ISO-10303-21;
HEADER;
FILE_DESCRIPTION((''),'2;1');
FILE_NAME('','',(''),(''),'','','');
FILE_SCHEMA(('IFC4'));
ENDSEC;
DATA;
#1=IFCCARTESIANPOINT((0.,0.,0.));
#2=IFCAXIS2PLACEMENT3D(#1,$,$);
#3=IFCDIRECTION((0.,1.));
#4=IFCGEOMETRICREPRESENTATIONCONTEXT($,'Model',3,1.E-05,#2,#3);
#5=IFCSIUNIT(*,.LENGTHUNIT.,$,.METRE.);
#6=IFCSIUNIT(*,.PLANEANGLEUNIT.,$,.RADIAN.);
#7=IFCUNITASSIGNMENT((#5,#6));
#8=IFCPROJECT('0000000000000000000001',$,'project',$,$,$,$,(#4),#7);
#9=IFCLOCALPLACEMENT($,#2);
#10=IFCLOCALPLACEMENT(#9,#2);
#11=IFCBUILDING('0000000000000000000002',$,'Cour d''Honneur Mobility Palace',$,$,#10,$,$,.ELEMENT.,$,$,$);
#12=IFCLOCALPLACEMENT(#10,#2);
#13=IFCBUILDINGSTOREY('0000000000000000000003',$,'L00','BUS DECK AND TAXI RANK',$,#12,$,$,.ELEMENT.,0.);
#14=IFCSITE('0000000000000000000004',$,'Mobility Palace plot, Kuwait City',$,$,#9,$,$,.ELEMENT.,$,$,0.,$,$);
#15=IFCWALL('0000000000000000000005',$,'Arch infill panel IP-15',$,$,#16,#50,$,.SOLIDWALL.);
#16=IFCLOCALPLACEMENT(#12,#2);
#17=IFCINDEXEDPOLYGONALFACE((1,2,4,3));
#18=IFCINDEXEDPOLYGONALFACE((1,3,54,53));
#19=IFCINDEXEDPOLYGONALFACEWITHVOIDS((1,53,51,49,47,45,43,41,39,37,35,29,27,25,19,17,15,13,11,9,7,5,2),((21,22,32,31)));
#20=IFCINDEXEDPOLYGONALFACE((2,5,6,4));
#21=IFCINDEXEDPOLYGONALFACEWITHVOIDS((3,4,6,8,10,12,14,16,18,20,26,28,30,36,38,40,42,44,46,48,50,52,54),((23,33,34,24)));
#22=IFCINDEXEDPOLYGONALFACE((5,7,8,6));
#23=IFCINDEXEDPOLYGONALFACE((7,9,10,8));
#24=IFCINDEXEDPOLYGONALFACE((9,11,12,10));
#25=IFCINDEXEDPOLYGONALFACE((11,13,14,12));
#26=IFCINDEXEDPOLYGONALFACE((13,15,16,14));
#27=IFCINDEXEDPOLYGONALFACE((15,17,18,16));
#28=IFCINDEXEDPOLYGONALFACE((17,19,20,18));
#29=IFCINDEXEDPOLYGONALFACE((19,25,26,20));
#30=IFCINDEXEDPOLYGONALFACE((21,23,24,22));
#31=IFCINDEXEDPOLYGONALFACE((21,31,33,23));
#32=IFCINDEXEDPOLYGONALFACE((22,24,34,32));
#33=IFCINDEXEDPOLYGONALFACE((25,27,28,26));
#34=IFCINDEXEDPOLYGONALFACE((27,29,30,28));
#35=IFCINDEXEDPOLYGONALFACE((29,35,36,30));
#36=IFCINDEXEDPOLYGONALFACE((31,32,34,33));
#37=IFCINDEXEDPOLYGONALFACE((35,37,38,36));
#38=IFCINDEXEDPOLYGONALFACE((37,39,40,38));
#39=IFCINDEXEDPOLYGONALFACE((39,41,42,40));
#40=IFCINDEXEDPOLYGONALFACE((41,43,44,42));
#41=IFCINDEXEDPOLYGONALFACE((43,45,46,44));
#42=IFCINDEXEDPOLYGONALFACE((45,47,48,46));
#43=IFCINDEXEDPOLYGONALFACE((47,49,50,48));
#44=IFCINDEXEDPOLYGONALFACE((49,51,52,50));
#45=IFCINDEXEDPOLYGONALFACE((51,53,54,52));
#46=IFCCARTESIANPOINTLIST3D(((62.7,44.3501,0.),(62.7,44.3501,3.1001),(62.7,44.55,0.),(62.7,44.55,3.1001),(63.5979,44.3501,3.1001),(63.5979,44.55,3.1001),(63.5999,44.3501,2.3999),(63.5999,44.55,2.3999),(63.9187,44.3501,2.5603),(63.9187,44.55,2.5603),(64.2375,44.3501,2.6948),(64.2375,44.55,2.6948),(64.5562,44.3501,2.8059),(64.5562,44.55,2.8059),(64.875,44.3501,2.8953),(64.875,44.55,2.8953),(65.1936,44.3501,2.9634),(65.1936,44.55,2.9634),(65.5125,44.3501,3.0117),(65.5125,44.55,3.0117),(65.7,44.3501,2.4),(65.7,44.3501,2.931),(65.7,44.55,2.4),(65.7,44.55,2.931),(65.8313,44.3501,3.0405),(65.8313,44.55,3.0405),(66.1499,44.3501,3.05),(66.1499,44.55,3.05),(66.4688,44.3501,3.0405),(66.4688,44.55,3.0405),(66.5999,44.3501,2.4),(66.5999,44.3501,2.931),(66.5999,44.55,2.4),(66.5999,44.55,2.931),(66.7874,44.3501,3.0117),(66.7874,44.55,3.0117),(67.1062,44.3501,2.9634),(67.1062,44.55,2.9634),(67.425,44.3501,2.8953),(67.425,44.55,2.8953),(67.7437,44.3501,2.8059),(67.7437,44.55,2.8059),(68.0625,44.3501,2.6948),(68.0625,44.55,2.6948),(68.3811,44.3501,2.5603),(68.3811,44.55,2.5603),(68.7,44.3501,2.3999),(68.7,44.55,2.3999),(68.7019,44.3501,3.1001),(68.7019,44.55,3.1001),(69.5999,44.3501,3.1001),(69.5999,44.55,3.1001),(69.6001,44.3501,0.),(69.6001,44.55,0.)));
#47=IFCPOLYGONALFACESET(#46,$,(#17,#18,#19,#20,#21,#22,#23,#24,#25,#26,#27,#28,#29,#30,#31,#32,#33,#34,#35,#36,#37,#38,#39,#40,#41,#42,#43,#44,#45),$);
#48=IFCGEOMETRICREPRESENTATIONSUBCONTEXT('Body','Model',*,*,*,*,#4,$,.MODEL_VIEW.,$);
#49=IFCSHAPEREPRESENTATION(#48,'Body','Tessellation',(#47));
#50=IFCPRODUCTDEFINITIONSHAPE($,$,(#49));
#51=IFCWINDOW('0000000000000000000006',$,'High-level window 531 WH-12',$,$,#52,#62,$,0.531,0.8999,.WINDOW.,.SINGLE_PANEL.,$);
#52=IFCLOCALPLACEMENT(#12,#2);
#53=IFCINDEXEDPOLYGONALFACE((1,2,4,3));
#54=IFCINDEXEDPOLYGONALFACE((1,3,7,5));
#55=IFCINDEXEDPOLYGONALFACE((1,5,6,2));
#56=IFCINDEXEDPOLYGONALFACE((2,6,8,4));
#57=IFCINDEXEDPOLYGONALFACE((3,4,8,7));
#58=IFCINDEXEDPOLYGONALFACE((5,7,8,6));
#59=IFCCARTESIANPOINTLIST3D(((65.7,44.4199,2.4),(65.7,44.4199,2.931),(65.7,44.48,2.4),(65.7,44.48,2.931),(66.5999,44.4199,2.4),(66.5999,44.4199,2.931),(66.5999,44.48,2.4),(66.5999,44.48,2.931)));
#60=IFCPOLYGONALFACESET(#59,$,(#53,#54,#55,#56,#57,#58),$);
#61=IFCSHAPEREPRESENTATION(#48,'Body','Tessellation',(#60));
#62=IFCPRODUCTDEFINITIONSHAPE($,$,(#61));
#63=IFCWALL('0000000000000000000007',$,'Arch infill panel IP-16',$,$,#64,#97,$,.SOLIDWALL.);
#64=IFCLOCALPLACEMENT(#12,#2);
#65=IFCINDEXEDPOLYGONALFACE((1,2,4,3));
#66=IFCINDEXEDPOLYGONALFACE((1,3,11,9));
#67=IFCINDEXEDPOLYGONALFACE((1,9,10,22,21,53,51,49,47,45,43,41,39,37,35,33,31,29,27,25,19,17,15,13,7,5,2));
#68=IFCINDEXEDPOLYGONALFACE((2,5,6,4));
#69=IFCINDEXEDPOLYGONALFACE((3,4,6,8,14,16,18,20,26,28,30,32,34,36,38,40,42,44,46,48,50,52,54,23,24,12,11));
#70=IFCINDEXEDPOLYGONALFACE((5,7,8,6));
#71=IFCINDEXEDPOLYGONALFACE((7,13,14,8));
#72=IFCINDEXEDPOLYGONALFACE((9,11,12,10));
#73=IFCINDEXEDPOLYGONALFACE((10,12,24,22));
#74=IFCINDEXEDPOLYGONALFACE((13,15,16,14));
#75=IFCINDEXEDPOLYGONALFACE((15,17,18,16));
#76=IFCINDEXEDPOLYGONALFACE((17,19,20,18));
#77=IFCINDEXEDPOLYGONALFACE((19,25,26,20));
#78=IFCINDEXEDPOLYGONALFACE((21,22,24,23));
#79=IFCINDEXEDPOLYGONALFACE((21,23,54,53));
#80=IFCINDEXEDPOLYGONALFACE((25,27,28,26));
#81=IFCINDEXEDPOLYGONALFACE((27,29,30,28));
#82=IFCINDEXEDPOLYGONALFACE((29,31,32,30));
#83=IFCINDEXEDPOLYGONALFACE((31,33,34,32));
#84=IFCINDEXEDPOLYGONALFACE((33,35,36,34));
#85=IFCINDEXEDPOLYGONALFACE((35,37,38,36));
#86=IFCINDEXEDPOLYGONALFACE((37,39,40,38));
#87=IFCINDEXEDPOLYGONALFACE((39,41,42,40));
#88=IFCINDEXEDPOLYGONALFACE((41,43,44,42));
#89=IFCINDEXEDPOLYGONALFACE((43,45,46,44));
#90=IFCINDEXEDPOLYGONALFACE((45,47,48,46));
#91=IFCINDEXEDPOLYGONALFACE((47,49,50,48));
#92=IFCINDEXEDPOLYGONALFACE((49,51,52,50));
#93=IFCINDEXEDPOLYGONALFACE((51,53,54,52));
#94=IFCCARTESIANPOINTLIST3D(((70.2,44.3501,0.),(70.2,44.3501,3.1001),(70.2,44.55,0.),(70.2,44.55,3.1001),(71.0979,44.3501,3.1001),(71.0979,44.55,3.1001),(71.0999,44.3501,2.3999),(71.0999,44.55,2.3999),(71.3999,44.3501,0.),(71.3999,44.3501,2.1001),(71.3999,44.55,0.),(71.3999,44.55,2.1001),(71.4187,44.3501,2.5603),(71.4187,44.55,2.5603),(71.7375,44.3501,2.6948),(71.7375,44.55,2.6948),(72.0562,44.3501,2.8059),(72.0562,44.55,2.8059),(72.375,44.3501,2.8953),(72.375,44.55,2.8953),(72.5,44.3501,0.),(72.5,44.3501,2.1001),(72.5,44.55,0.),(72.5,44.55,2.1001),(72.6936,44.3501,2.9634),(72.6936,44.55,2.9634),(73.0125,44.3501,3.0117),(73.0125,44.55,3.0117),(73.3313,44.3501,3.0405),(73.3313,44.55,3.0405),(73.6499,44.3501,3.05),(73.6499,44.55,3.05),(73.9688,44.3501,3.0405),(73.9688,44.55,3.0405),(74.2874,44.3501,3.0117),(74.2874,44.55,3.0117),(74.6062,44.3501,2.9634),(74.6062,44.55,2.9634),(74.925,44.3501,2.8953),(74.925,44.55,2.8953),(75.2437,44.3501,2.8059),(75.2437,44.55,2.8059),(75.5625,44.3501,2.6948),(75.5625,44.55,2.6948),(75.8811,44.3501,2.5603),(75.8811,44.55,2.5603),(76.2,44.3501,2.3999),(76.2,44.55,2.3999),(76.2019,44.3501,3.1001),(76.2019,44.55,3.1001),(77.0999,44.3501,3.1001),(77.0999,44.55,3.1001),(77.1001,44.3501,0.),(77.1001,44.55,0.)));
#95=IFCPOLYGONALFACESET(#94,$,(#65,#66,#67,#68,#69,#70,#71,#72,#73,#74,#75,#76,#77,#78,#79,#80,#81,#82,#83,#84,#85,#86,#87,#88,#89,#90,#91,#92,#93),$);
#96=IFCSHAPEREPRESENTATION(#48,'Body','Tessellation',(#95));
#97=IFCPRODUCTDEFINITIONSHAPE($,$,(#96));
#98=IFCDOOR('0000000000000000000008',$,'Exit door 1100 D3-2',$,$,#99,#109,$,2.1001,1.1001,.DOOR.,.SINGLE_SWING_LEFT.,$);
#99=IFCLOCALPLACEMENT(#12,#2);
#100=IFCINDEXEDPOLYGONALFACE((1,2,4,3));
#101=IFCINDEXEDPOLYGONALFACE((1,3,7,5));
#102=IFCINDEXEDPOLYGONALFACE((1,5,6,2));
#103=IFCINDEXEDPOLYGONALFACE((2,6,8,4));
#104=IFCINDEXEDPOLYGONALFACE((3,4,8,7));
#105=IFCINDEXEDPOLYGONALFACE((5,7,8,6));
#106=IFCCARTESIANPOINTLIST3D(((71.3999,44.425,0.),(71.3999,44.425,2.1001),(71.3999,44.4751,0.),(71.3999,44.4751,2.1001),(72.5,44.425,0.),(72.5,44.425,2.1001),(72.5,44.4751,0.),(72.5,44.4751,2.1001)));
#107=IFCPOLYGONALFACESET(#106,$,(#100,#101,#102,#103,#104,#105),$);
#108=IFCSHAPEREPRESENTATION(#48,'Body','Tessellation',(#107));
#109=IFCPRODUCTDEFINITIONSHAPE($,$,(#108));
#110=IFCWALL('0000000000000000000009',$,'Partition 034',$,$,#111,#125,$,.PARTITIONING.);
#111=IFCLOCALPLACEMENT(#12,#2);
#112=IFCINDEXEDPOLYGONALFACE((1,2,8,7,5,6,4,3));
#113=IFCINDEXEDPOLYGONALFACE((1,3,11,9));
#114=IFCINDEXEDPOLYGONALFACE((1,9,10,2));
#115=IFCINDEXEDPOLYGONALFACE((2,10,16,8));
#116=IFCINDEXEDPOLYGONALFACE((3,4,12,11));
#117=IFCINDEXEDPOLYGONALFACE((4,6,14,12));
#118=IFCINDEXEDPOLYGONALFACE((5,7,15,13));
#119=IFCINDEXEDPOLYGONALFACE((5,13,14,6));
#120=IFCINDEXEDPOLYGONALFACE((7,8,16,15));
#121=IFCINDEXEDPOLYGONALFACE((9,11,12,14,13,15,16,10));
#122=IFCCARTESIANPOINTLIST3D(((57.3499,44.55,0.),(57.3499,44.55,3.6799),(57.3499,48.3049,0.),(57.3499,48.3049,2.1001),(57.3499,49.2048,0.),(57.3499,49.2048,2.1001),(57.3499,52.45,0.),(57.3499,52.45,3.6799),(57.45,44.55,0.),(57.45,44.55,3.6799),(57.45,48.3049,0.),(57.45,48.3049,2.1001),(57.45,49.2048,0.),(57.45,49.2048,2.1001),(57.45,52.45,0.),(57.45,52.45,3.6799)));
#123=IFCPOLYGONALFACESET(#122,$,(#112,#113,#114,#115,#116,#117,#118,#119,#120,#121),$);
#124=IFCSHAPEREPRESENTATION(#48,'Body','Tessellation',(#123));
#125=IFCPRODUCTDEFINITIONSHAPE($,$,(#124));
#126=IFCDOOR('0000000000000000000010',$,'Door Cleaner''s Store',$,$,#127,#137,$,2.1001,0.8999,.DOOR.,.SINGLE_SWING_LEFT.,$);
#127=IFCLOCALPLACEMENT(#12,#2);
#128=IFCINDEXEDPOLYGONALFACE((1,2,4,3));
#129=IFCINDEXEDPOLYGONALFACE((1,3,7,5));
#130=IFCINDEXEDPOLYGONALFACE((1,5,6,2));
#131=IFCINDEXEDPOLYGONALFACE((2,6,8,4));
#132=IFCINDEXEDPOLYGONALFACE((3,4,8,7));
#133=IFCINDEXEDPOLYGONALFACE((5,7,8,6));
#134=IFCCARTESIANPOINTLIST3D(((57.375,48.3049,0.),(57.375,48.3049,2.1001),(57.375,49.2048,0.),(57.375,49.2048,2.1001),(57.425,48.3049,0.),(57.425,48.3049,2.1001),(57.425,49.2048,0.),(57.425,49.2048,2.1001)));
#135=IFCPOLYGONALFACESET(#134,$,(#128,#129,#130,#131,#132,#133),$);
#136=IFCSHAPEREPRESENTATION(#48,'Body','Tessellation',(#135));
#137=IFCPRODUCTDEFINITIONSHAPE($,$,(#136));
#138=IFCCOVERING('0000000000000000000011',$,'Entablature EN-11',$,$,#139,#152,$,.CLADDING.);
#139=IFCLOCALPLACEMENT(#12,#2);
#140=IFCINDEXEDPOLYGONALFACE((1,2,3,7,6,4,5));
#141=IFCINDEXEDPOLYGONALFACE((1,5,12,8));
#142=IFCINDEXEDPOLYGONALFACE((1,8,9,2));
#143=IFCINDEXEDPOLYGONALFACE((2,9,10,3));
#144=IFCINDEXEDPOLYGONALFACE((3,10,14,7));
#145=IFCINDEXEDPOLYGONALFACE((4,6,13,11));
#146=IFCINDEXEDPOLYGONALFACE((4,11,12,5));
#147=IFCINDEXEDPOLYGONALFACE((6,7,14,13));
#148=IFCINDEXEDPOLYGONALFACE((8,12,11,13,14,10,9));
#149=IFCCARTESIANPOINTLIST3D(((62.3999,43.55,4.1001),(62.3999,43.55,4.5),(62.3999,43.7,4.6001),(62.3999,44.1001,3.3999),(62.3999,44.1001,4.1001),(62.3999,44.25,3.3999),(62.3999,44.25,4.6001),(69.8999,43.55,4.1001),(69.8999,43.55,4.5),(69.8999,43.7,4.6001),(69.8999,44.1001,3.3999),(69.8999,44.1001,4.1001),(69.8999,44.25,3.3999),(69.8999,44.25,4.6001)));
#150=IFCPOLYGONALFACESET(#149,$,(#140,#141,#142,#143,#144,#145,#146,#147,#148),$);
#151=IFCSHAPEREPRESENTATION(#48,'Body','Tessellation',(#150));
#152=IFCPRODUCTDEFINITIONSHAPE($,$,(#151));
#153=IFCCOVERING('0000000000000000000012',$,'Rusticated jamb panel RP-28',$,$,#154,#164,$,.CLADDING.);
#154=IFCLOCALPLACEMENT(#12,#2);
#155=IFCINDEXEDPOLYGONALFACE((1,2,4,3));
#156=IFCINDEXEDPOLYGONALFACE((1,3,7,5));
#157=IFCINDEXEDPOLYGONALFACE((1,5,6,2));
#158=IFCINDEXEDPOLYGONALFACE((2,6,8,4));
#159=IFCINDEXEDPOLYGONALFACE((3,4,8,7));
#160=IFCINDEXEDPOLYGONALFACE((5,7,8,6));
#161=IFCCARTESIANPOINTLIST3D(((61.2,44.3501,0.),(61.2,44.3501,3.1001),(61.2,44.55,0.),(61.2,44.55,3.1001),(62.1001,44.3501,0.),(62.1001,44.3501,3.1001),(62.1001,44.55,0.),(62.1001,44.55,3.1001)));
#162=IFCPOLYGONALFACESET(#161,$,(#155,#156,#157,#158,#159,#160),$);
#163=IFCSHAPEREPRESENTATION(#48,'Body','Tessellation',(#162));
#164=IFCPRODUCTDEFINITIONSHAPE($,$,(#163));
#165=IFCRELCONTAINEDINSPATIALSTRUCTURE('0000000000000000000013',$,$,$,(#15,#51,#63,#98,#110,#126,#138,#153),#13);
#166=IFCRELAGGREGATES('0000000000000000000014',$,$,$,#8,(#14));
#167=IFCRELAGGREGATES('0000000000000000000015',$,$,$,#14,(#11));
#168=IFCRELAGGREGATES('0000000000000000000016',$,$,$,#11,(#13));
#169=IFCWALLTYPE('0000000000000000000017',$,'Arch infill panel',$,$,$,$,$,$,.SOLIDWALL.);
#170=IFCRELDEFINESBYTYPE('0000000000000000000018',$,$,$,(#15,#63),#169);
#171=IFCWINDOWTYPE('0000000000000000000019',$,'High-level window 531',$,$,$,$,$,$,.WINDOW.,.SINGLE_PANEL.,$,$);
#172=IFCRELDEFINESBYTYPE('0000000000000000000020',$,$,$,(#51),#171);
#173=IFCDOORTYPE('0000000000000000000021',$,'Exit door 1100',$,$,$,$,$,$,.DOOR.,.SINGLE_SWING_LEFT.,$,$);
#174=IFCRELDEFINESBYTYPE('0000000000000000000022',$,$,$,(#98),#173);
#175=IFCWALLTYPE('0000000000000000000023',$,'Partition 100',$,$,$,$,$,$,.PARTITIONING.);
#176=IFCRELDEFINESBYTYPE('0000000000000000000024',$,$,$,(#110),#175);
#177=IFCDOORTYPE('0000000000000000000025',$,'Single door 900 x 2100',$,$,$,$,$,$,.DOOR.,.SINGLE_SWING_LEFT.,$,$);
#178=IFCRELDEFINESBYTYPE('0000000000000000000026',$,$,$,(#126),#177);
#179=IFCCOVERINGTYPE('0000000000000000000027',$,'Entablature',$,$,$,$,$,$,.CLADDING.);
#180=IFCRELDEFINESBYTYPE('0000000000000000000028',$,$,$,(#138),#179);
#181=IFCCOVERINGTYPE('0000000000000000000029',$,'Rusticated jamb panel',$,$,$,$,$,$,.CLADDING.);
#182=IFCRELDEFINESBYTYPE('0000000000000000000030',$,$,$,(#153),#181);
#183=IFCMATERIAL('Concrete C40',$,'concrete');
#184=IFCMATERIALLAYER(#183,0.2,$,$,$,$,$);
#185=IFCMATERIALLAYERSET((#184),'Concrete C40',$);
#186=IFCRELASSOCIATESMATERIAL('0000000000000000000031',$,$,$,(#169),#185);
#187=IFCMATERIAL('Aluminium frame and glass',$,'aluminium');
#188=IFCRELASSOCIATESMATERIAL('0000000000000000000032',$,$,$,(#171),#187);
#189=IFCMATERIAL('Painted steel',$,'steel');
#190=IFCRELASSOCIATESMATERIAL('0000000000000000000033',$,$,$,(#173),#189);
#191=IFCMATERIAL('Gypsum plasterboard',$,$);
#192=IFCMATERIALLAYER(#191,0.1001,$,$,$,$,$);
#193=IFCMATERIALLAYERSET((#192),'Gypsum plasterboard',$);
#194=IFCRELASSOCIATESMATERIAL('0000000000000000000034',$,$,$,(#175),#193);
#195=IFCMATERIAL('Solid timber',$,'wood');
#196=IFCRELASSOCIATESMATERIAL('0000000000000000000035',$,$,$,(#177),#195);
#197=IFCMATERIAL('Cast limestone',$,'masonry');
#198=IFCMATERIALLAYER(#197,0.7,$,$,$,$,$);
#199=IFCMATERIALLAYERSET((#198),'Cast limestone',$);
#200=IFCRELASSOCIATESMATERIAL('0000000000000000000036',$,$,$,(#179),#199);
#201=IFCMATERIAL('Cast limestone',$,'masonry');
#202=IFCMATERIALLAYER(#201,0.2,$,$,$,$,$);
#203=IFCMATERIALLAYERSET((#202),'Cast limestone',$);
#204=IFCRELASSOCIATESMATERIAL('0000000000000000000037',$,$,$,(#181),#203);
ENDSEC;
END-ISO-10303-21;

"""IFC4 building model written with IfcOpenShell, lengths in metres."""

from ifc_helpers import new_model, si_unit, direction, frame, frame_2d, origin, place, context, subcontext, project, spatial, polyline, rectangle, outline, extrude, material, layer, layer_set, type_object, element, fill, save


model = new_model("IFC4")

# Units and contexts
model_context = context("Model", 3, precision=1e-05, world=origin(), true_north=direction((0.0, 1.0)))
body_context = subcontext(model_context, "Body", "Model", "MODEL_VIEW")
ifc_project = project(units=[si_unit("LENGTHUNIT", "METRE"), si_unit("PLANEANGLEUNIT", "RADIAN")], contexts=[model_context])

# Site, building, storey
site_placement = place(None, origin())
site = spatial("IfcSite", under=ifc_project, at=site_placement, Name="Mobility Palace plot, Kuwait City", CompositionType="ELEMENT", RefElevation=0.0)
building_placement = place(site_placement, origin())
building = spatial("IfcBuilding", under=site, at=building_placement, Name="Cour d'Honneur Mobility Palace", CompositionType="ELEMENT")
storey_placement = place(building_placement, origin())
storey = spatial("IfcBuildingStorey", under=building, at=storey_placement, Name="L00", Description="BUS DECK AND TAXI RANK", CompositionType="ELEMENT", Elevation=0.0)

# Wall, opening, window
ifc_material_1 = material(Name="Concrete C40", Category="concrete")
ifc_layer_1 = layer(ifc_material_1, 0.2)
ifc_layer_set_1 = layer_set([ifc_layer_1], Name="Concrete C40")
wall_type_1 = type_object("IfcWallType", Name="Arch infill panel", PredefinedType="SOLIDWALL", material=ifc_layer_set_1)
ifc_material_2 = material(Name="Aluminium frame and glass", Category="aluminium")
window_type = type_object("IfcWindowType", Name="High-level window 531", PartitioningType="SINGLE_PANEL", PredefinedType="WINDOW", material=ifc_material_2)
wall_1_placement = place(storey_placement, frame((62.7, 44.45, 0.0), z_axis=(0.0, 0.0, 1.0), x_axis=(1.0, 0.0, 0.0)))
wall_1 = element("IfcWall", 1, at=wall_1_placement, inside=storey, type_object=wall_type_1, Name="Arch infill panel IP-15", PredefinedType="SOLIDWALL", context=body_context, shape_type="SweptSolid", body=[
    extrude(outline(polyline([(0.0, 0.0), (6.9001, 0.0), (6.8999, 3.1001), (6.002, 3.1001), (6.0, 2.3999), (5.6812, 2.5603), (5.3625, 2.6948), (5.0437, 2.8059), (4.7251, 2.8953), (4.4062, 2.9634), (4.0874, 3.0117), (3.7688, 3.0405), (3.45, 3.05), (3.1313, 3.0405), (2.8125, 3.0117), (2.4937, 2.9634), (2.175, 2.8953), (1.8562, 2.8059), (1.5376, 2.6948), (1.2188, 2.5603), (0.8999, 2.3999), (0.8979, 3.1001), (0.0, 3.1001), (0.0, 0.0)])), frame((0.0, 0.1001, 0.0), z_axis=(0.0, -1.0, 0.0), x_axis=(1.0, 0.0, 0.0)), (0.0, 0.0, 1.0), 0.2),
])
opening_1_placement = place(wall_1_placement, frame((3.0, 0.0, 2.3999)))
opening_1 = element("IfcOpeningElement", 2, at=opening_1_placement, cuts=wall_1, PredefinedType="OPENING", context=body_context, shape_type="SweptSolid", body=[
    extrude(rectangle(XDim=0.8999, YDim=0.531, at=frame_2d((0.45, 0.2656))), frame((0.0, 0.1099, 0.0), z_axis=(0.0, -1.0, 0.0), x_axis=(1.0, 0.0, 0.0)), (0.0, 0.0, 1.0), 0.22),
])
window_1_placement = place(opening_1_placement, origin())
window_1 = element("IfcWindow", 3, at=window_1_placement, inside=storey, type_object=window_type, Name="High-level window 531 WH-12", OverallHeight=0.531, OverallWidth=0.8999, PartitioningType="SINGLE_PANEL", PredefinedType="WINDOW", context=body_context, shape_type="SweptSolid", body=[
    extrude(rectangle(XDim=0.8999, YDim=0.531, at=frame_2d((0.45, 0.2656))), frame((0.0, 0.03, 0.0), z_axis=(0.0, -1.0, 0.0), x_axis=(1.0, 0.0, 0.0)), (0.0, 0.0, 1.0), 0.0601),
])
fill(opening_1, window_1)

# Walls, openings, doors
wall_2_placement = place(storey_placement, frame((70.2, 44.45, 0.0), z_axis=(0.0, 0.0, 1.0), x_axis=(1.0, 0.0, 0.0)))
wall_2 = element("IfcWall", 4, at=wall_2_placement, inside=storey, type_object=wall_type_1, Name="Arch infill panel IP-16", PredefinedType="SOLIDWALL", context=body_context, shape_type="SweptSolid", body=[
    extrude(outline(polyline([(0.0, 0.0), (6.9001, 0.0), (6.8999, 3.1001), (6.002, 3.1001), (6.0, 2.3999), (5.6812, 2.5603), (5.3625, 2.6948), (5.0437, 2.8059), (4.7251, 2.8953), (4.4062, 2.9634), (4.0874, 3.0117), (3.7688, 3.0405), (3.45, 3.05), (3.1313, 3.0405), (2.8125, 3.0117), (2.4937, 2.9634), (2.175, 2.8953), (1.8562, 2.8059), (1.5376, 2.6948), (1.2188, 2.5603), (0.8999, 2.3999), (0.8979, 3.1001), (0.0, 3.1001), (0.0, 0.0)])), frame((0.0, 0.1001, 0.0), z_axis=(0.0, -1.0, 0.0), x_axis=(1.0, 0.0, 0.0)), (0.0, 0.0, 1.0), 0.2),
])
opening_2_placement = place(wall_2_placement, frame((1.2, 0.0, 0.0)))
opening_2 = element("IfcOpeningElement", 5, at=opening_2_placement, cuts=wall_2, PredefinedType="OPENING", context=body_context, shape_type="SweptSolid", body=[
    extrude(rectangle(XDim=1.1001, YDim=2.1001, at=frame_2d((0.55, 1.05))), frame((0.0, 0.1099, 0.0), z_axis=(0.0, -1.0, 0.0), x_axis=(1.0, 0.0, 0.0)), (0.0, 0.0, 1.0), 0.22),
])
ifc_material_3 = material(Name="Painted steel", Category="steel")
door_type_1 = type_object("IfcDoorType", Name="Exit door 1100", OperationType="SINGLE_SWING_LEFT", PredefinedType="DOOR", material=ifc_material_3)
door_1_placement = place(opening_2_placement, frame((1.1001, 0.0, 0.0), z_axis=(0.0, 0.0, 1.0), x_axis=(-1.0, 0.0, 0.0)))
door_1 = element("IfcDoor", 6, at=door_1_placement, inside=storey, type_object=door_type_1, Name="Exit door 1100 D3-2", OperationType="SINGLE_SWING_LEFT", OverallHeight=2.1001, OverallWidth=1.1001, PredefinedType="DOOR", context=body_context, shape_type="SweptSolid", body=[
    extrude(rectangle(XDim=1.1001, YDim=2.1001, at=frame_2d((0.55, 1.05))), frame((0.0, 0.0249, 0.0), z_axis=(0.0, -1.0, 0.0), x_axis=(1.0, 0.0, 0.0)), (0.0, 0.0, 1.0), 0.05),
])
fill(opening_2, door_1)
ifc_material_4 = material(Name="Gypsum plasterboard")
ifc_layer_2 = layer(ifc_material_4, 0.1001)
ifc_layer_set_2 = layer_set([ifc_layer_2], Name="Gypsum plasterboard")
wall_type_2 = type_object("IfcWallType", Name="Partition 100", PredefinedType="PARTITIONING", material=ifc_layer_set_2)
wall_3_placement = place(storey_placement, frame((57.3999, 44.55, 0.0), z_axis=(0.0, 0.0, 1.0), x_axis=(0.0, 1.0, 0.0)))
wall_3 = element("IfcWall", 7, at=wall_3_placement, inside=storey, type_object=wall_type_2, Name="Partition 034", PredefinedType="PARTITIONING", context=body_context, shape_type="SweptSolid", body=[
    extrude(rectangle(XDim=7.8999, YDim=0.1001, at=frame_2d((3.95, 0.0))), origin(), (0.0, 0.0, 1.0), 3.6799),
])
opening_3_placement = place(wall_3_placement, frame((3.7549, 0.0, 0.0)))
opening_3 = element("IfcOpeningElement", 8, at=opening_3_placement, cuts=wall_3, PredefinedType="OPENING", context=body_context, shape_type="SweptSolid", body=[
    extrude(rectangle(XDim=0.8999, YDim=2.1001, at=frame_2d((0.45, 1.05))), frame((0.0, 0.0601, 0.0), z_axis=(0.0, -1.0, 0.0), x_axis=(1.0, 0.0, 0.0)), (0.0, 0.0, 1.0), 0.1201),
])
ifc_material_5 = material(Name="Solid timber", Category="wood")
door_type_2 = type_object("IfcDoorType", Name="Single door 900 x 2100", OperationType="SINGLE_SWING_LEFT", PredefinedType="DOOR", material=ifc_material_5)
door_2_placement = place(opening_3_placement, origin())
door_2 = element("IfcDoor", 9, at=door_2_placement, inside=storey, type_object=door_type_2, Name="Door Cleaner's Store", OperationType="SINGLE_SWING_LEFT", OverallHeight=2.1001, OverallWidth=0.8999, PredefinedType="DOOR", context=body_context, shape_type="SweptSolid", body=[
    extrude(rectangle(XDim=0.8999, YDim=2.1001, at=frame_2d((0.45, 1.05))), frame((0.0, 0.0249, 0.0), z_axis=(0.0, -1.0, 0.0), x_axis=(1.0, 0.0, 0.0)), (0.0, 0.0, 1.0), 0.05),
])
fill(opening_3, door_2)

# Coverings
ifc_material_6 = material(Name="Cast limestone", Category="masonry")
ifc_layer_3 = layer(ifc_material_6, 0.7)
ifc_layer_set_3 = layer_set([ifc_layer_3], Name="Cast limestone")
covering_type_1 = type_object("IfcCoveringType", Name="Entablature", PredefinedType="CLADDING", material=ifc_layer_set_3)
covering_placement = place(storey_placement, frame((62.3999, 44.25, 3.3999), z_axis=(-1.0, 0.0, 0.0), x_axis=(0.0, -1.0, 0.0)))
element("IfcCovering", 10, at=covering_placement, inside=storey, type_object=covering_type_1, Name="Entablature EN-11", PredefinedType="CLADDING", context=body_context, shape_type="SweptSolid", body=[
    extrude(outline(polyline([(0.0, 0.0), (0.1499, 0.0), (0.1499, 0.7002), (0.7, 0.7002), (0.7, 1.1001), (0.55, 1.2002), (0.0, 1.2002), (0.0, 0.0)])), origin(), (0.0, 0.0, -1.0), 7.5),
])
ifc_material_7 = material(Name="Cast limestone", Category="masonry")
ifc_layer_4 = layer(ifc_material_7, 0.2)
ifc_layer_set_4 = layer_set([ifc_layer_4], Name="Cast limestone")
covering_type_2 = type_object("IfcCoveringType", Name="Rusticated jamb panel", PredefinedType="CLADDING", material=ifc_layer_set_4)
for number, where, z_axis, x_axis, name in (
    (11, (61.2, 44.3501, 0.0), (0.0, -1.0, 0.0), (1.0, 0.0, 0.0), "Rusticated jamb panel RP-28"),
):
    element("IfcCovering", number, at=place(storey_placement, frame(where, z_axis=z_axis, x_axis=x_axis)), inside=storey, type_object=covering_type_2, Name=name, PredefinedType="CLADDING", context=body_context, shape_type="SweptSolid", body=[
        extrude(outline(polyline([(0.0, 0.0), (0.9001, 0.0), (0.9001, 3.1001), (0.0, 3.1001), (0.0, 0.0)])), origin(), (0.0, 0.0, -1.0), 0.2),
    ])

save(model, "model.ifc")
